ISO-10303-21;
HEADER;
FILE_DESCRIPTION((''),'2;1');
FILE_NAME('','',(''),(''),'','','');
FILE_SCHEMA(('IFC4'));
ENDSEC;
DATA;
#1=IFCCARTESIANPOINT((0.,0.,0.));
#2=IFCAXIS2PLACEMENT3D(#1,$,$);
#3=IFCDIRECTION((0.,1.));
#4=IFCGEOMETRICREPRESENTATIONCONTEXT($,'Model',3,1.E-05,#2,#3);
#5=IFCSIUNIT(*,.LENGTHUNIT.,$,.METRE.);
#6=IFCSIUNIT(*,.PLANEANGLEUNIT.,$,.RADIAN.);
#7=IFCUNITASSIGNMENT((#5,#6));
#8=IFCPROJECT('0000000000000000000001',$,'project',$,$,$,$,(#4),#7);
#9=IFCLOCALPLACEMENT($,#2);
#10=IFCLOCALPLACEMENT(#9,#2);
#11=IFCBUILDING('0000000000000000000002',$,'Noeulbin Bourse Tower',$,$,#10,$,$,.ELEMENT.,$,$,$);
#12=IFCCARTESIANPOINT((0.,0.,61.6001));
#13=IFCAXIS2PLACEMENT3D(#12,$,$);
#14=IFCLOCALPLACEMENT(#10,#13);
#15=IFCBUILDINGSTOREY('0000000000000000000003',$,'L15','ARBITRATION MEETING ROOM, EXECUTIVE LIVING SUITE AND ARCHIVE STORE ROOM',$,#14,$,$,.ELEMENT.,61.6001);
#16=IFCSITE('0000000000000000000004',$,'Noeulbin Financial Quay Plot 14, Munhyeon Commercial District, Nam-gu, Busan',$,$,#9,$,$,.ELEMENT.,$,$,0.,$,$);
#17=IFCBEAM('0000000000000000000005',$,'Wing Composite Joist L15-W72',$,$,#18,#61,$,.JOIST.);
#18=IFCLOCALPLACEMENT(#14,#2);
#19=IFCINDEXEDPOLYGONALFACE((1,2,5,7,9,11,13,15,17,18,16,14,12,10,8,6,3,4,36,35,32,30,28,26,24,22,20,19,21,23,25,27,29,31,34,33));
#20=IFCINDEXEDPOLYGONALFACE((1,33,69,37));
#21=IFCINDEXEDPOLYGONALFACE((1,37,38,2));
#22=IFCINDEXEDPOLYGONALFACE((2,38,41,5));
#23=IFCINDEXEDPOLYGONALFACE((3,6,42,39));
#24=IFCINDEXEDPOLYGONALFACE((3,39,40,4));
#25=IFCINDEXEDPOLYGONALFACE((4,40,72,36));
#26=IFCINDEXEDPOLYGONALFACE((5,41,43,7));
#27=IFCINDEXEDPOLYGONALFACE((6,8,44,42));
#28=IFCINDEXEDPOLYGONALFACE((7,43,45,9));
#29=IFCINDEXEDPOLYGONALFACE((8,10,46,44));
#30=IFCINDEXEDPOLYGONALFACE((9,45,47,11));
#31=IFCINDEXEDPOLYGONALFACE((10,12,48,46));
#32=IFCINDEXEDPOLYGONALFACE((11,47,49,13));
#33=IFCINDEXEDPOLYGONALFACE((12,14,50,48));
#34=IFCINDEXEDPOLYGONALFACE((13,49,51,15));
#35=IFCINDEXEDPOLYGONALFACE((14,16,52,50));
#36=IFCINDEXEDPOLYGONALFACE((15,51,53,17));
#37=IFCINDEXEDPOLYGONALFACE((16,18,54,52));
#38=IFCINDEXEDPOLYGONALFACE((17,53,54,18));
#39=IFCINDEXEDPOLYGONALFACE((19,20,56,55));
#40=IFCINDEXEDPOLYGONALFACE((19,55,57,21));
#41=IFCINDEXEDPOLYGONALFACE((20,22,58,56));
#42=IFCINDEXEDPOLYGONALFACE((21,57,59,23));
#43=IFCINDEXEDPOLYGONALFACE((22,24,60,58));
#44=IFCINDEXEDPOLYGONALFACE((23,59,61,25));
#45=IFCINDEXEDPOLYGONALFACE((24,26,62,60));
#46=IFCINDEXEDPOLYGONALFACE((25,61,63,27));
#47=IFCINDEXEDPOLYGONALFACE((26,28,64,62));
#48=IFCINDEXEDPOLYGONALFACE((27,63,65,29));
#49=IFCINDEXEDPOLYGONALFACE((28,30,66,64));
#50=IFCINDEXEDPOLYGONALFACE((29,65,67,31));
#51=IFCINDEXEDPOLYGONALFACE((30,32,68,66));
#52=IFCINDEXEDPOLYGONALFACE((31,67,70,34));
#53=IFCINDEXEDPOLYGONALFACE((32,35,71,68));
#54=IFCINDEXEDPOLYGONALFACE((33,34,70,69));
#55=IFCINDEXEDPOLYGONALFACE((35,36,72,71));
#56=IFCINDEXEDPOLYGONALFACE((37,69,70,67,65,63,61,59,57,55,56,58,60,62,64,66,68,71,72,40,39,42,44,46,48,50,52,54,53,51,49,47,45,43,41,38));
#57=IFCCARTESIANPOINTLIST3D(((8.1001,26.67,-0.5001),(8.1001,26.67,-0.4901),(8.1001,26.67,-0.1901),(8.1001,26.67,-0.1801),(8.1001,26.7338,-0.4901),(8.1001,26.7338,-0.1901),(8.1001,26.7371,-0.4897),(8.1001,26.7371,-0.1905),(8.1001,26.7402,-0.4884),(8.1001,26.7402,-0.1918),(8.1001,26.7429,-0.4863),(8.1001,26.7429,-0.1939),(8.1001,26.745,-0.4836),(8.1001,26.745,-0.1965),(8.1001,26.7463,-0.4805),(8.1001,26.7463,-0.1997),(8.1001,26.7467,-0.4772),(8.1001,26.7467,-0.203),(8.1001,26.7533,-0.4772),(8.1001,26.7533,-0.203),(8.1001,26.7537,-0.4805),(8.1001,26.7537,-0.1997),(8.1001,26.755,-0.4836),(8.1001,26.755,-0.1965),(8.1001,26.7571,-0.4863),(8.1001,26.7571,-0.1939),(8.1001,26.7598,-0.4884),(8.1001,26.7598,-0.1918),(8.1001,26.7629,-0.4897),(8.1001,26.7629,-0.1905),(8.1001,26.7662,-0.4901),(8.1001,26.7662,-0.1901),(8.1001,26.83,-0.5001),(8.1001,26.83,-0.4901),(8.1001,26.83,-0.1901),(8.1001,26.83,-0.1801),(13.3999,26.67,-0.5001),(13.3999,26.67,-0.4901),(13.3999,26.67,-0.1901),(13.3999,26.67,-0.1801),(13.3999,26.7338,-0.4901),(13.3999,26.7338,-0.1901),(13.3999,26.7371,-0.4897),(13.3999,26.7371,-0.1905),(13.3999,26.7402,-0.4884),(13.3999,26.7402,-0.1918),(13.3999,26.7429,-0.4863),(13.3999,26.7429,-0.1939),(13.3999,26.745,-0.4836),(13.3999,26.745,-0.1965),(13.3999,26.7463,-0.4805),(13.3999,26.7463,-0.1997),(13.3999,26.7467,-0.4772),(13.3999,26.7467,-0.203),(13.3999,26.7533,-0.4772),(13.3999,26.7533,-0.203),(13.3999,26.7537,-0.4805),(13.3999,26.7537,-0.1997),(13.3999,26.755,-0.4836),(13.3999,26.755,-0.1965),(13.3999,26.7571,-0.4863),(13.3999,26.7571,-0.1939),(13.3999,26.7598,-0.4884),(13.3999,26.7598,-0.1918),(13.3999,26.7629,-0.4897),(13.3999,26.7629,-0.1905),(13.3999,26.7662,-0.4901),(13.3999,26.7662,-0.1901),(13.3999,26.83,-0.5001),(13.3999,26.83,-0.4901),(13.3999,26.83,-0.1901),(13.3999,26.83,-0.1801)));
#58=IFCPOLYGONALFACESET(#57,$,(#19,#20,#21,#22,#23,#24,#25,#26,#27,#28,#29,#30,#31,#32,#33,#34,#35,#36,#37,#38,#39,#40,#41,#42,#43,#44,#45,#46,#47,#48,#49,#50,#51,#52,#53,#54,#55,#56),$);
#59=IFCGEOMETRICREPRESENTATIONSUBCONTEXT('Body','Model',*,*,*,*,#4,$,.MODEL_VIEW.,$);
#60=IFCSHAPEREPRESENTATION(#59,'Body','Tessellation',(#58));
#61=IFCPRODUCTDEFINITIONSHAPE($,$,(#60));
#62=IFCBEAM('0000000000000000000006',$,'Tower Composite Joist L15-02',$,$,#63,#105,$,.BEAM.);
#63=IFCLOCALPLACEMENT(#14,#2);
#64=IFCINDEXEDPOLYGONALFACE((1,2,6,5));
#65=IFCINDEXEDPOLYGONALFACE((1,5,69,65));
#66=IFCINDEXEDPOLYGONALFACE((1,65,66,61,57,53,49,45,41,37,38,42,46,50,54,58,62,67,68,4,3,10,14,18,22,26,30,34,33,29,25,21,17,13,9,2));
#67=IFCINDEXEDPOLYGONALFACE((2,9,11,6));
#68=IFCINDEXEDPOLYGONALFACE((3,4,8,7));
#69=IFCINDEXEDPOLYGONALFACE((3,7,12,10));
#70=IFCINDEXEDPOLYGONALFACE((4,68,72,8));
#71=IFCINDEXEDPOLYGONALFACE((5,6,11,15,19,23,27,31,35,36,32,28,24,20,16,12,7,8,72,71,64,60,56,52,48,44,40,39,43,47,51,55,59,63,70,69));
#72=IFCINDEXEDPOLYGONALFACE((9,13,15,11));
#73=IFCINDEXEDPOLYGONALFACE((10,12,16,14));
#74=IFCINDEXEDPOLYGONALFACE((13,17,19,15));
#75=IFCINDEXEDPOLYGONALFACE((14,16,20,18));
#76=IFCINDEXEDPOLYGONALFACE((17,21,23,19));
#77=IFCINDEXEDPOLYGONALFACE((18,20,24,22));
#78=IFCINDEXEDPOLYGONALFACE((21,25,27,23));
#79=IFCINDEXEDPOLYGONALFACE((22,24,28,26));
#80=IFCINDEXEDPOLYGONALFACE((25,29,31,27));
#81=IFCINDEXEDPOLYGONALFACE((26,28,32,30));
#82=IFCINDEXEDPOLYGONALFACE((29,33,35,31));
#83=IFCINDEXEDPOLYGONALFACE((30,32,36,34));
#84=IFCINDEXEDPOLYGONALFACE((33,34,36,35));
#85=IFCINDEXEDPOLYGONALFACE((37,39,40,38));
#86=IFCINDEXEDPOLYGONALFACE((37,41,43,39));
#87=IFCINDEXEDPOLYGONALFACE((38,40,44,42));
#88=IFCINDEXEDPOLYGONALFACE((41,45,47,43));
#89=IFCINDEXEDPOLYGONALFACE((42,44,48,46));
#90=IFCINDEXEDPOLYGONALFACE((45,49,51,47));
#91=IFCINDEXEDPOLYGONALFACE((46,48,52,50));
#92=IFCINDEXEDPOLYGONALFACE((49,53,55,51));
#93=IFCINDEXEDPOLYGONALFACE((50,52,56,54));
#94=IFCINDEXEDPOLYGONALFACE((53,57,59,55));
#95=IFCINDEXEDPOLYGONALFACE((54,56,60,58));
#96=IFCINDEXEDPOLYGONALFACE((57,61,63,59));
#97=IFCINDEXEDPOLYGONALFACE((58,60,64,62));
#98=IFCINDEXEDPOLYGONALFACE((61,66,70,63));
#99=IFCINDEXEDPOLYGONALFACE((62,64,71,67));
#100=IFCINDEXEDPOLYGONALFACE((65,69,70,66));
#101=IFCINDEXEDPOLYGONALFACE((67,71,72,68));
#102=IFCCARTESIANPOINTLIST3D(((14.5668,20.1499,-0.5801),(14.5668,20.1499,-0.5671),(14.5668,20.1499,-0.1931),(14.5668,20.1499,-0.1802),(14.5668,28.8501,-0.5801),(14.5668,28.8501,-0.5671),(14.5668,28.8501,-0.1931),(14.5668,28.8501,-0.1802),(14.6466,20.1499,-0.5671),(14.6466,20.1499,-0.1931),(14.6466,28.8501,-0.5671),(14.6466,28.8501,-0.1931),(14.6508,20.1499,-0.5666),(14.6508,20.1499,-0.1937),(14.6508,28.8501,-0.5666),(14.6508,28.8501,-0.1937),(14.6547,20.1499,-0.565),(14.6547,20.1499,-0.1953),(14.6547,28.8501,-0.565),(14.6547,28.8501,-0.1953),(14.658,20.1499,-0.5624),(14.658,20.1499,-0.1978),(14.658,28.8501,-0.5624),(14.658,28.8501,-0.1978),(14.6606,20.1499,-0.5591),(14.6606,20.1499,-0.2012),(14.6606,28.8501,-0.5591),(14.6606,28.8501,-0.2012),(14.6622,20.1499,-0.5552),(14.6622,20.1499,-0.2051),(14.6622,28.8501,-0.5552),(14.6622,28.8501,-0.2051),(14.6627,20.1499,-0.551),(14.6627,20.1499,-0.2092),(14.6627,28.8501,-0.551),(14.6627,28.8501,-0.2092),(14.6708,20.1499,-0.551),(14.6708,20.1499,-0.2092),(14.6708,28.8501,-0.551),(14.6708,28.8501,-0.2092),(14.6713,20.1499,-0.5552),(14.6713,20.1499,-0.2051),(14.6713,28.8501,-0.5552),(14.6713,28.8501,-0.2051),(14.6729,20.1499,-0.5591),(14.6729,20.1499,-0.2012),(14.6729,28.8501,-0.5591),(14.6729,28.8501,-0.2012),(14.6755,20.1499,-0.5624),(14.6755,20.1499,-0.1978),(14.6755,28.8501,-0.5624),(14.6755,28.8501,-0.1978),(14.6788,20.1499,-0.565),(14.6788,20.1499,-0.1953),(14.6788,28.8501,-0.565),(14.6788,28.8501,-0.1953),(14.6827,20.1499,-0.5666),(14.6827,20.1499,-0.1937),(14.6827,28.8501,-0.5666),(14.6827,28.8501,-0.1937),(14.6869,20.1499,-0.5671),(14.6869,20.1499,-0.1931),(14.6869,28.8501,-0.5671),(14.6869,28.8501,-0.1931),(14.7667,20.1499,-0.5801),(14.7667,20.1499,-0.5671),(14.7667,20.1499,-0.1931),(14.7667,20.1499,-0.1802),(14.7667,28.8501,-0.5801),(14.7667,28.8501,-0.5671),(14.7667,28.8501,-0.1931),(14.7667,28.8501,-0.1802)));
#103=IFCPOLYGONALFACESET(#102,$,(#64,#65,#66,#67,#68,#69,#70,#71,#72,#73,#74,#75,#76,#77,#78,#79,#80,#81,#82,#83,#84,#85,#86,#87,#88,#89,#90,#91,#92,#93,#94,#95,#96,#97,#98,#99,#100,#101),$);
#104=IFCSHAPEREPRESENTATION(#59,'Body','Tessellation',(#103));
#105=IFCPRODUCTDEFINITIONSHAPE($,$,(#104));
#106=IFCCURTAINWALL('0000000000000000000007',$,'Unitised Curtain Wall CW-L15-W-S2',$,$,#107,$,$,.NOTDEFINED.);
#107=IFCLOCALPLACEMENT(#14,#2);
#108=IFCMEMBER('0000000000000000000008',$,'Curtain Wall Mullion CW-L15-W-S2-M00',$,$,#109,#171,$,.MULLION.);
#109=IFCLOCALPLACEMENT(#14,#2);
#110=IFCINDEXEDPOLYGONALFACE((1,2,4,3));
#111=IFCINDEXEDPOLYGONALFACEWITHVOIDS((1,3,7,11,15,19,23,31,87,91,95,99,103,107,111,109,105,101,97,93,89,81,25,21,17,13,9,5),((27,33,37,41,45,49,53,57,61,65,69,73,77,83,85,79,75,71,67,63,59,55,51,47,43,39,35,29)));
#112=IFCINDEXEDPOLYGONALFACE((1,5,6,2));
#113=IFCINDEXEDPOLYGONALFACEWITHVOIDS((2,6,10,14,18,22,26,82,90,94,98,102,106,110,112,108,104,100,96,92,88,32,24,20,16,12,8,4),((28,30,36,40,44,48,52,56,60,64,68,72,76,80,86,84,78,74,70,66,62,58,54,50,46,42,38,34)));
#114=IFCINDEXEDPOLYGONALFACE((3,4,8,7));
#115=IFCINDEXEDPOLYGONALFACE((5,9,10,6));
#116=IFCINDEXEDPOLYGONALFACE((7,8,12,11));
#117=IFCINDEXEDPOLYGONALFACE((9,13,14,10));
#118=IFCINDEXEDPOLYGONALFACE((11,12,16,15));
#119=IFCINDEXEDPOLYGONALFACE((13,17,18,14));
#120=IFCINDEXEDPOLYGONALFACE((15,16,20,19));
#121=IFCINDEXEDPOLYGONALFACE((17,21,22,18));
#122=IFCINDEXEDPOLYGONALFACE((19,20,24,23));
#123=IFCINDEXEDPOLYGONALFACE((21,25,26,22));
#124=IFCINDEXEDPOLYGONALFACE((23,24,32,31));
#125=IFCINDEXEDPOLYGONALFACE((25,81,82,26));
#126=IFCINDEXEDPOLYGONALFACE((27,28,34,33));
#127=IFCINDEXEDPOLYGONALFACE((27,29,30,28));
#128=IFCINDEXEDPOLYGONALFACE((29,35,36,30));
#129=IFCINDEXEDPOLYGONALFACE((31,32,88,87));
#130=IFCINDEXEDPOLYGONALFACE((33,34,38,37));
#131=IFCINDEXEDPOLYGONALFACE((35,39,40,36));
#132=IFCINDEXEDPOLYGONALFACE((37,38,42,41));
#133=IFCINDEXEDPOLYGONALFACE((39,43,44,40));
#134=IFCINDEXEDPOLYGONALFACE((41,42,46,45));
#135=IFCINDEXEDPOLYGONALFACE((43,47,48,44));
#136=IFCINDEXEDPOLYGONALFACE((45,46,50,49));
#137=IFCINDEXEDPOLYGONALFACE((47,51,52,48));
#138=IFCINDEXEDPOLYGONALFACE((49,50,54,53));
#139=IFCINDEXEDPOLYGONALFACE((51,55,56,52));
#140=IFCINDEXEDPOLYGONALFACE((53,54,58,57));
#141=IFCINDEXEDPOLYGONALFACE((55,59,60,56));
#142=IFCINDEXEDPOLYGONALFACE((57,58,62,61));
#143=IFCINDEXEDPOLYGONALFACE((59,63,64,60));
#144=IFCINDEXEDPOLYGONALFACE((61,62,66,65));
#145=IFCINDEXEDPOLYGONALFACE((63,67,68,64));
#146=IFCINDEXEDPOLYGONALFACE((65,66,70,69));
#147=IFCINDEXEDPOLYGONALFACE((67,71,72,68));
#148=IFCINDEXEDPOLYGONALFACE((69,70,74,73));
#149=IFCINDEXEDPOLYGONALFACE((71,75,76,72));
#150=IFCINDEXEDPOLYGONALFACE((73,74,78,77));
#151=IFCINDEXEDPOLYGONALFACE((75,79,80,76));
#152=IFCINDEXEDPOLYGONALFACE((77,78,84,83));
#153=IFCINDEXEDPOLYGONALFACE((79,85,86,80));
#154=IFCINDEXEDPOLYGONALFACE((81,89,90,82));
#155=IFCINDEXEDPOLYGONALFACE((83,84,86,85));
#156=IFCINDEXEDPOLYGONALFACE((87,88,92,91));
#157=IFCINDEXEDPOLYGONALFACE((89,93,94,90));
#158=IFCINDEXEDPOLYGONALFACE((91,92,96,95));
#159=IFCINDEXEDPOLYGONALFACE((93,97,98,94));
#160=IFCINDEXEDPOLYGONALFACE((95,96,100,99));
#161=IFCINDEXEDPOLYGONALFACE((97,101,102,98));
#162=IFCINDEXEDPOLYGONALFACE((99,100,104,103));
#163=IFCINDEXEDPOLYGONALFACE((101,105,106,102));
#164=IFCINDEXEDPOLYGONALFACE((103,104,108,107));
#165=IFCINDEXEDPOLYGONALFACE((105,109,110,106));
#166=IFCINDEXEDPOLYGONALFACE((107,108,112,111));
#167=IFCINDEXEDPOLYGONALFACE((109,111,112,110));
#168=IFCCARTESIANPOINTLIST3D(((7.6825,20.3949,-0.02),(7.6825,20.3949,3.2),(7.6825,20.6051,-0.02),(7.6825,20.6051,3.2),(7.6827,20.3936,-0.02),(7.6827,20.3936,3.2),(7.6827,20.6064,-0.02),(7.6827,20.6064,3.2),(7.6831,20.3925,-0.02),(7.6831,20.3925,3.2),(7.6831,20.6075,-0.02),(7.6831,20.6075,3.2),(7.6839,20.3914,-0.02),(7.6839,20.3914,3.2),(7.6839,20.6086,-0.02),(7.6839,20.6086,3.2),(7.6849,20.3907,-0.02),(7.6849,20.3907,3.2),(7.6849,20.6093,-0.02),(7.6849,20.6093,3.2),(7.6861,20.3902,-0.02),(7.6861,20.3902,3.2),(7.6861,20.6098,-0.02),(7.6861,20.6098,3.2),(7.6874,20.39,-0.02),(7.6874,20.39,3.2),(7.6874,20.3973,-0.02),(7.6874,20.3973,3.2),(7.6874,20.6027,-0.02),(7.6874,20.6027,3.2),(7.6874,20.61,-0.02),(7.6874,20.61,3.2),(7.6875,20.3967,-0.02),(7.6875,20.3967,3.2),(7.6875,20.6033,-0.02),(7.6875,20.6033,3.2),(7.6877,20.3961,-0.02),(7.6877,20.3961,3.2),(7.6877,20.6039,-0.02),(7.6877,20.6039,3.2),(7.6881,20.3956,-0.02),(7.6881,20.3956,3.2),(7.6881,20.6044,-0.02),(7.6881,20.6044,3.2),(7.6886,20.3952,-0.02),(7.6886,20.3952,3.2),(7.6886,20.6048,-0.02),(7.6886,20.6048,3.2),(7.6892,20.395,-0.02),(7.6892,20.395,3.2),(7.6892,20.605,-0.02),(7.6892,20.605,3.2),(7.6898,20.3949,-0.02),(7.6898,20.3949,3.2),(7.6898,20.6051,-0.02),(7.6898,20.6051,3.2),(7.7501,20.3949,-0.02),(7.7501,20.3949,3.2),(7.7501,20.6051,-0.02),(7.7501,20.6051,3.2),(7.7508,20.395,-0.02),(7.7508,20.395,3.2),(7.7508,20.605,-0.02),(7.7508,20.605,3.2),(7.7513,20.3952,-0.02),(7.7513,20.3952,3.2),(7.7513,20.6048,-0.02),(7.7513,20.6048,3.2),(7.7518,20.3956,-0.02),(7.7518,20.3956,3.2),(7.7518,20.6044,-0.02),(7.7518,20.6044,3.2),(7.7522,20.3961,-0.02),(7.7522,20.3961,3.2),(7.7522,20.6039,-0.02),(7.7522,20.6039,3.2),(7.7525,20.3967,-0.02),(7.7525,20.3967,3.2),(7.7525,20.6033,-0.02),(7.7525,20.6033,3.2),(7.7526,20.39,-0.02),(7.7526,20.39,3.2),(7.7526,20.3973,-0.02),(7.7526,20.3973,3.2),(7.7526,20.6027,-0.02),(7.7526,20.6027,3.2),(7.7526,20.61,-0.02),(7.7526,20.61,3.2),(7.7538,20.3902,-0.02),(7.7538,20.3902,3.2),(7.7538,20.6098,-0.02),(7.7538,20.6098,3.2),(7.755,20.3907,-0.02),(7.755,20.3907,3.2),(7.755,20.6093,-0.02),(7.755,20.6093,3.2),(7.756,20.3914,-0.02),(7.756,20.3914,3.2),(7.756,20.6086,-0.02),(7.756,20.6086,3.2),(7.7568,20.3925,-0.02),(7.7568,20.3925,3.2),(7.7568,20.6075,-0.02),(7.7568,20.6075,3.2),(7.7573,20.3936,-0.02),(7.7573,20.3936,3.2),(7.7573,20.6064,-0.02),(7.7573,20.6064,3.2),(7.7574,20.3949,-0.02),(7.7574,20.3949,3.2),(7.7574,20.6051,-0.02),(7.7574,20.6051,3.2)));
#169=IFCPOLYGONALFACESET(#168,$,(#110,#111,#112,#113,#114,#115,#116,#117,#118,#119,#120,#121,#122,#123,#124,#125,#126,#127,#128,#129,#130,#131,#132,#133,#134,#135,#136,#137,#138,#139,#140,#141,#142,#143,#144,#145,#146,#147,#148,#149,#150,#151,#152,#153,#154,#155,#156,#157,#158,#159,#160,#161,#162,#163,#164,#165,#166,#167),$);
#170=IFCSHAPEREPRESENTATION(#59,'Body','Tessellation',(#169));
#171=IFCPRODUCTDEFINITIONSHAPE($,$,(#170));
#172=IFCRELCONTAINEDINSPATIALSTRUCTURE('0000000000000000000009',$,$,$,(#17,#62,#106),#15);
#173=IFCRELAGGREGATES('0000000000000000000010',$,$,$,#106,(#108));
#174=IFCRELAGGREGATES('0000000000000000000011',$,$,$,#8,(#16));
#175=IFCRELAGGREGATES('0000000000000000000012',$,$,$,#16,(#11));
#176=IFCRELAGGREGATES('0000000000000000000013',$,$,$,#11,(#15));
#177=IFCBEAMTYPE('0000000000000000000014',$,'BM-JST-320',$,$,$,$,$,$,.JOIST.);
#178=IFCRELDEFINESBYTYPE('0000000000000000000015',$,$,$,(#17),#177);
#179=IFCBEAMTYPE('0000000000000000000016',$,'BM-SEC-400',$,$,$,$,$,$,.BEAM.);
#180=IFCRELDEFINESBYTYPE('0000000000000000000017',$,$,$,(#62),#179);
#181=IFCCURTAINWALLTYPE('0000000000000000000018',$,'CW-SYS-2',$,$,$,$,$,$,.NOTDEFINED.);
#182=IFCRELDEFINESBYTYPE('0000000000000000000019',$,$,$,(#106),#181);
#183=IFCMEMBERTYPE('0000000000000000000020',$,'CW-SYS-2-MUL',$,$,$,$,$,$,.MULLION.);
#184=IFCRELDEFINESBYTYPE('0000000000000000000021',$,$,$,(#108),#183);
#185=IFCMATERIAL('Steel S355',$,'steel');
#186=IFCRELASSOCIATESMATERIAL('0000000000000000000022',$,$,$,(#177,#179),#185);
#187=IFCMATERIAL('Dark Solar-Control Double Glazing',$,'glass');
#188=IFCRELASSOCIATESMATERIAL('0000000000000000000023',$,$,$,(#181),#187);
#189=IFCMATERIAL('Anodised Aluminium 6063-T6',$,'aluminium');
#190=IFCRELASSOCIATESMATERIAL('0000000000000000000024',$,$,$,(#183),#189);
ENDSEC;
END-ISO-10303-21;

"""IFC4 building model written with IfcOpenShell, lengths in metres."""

from ifc_helpers import new_model, si_unit, direction, frame, origin, origin_2d, place, context, subcontext, project, spatial, hollow_rectangle, i_section, extrude, material, material_profile, profile_set, type_object, element, aggregate, save


model = new_model("IFC4")

# Units and contexts
model_context = context("Model", 3, precision=1e-05, world=origin(), true_north=direction((0.0, 1.0)))
body_context = subcontext(model_context, "Body", "Model", "MODEL_VIEW")
ifc_project = project(units=[si_unit("LENGTHUNIT", "METRE"), si_unit("PLANEANGLEUNIT", "RADIAN")], contexts=[model_context])

# Site, building, storey
site_placement = place(None, origin())
site = spatial("IfcSite", under=ifc_project, at=site_placement, Name="Noeulbin Financial Quay Plot 14, Munhyeon Commercial District, Nam-gu, Busan", CompositionType="ELEMENT", RefElevation=0.0)
building_placement = place(site_placement, origin())
building = spatial("IfcBuilding", under=site, at=building_placement, Name="Noeulbin Bourse Tower", CompositionType="ELEMENT")
storey_placement = place(building_placement, frame((0.0, 0.0, 61.6001)))
storey = spatial("IfcBuildingStorey", under=building, at=storey_placement, Name="L15", Description="ARBITRATION MEETING ROOM, EXECUTIVE LIVING SUITE AND ARCHIVE STORE ROOM", CompositionType="ELEMENT", Elevation=61.6001)

# Beams
ifc_material_1 = material(Name="Steel S355", Category="steel")
ifc_material_profile_1 = material_profile(ifc_material_1, i_section(OverallWidth=0.1599, OverallDepth=0.3201, WebThickness=0.0066, FlangeThickness=0.01, FilletRadius=0.0129, at=origin_2d()), Name="H-320x160x6.5x10", Category="LoadBearing")
ifc_profile_set_1 = profile_set([ifc_material_profile_1], Name="Steel S355")
beam_type_1 = type_object("IfcBeamType", Name="BM-JST-320", PredefinedType="JOIST", material=ifc_profile_set_1)
for number, where, z_axis, x_axis, name in (
    (1, (8.1001, 26.75, -0.3401), (1.0, 0.0, 0.0), (0.0, 1.0, 0.0), "Wing Composite Joist L15-W72"),
):
    element("IfcBeam", number, at=place(storey_placement, frame(where, z_axis=z_axis, x_axis=x_axis)), inside=storey, type_object=beam_type_1, Name=name, PredefinedType="JOIST", context=body_context, shape_type="SweptSolid", body=[
        extrude(i_section(OverallWidth=0.1599, OverallDepth=0.3201, WebThickness=0.0066, FlangeThickness=0.01, FilletRadius=0.0129, at=origin_2d()), origin(), (0.0, 0.0, 1.0), 5.2998),
    ])
ifc_material_profile_2 = material_profile(ifc_material_1, i_section(OverallWidth=0.2, OverallDepth=0.3999, WebThickness=0.0081, FlangeThickness=0.0129, FilletRadius=0.0161, at=origin_2d()), Name="H-400x200x8x13", Category="LoadBearing")
ifc_profile_set_2 = profile_set([ifc_material_profile_2], Name="Steel S355")
beam_type_2 = type_object("IfcBeamType", Name="BM-SEC-400", PredefinedType="BEAM", material=ifc_profile_set_2)
beam_1_placement = place(storey_placement, frame((14.6667, 20.1499, -0.3801), z_axis=(0.0, 1.0, 0.0), x_axis=(-1.0, 0.0, 0.0)))
element("IfcBeam", 2, at=beam_1_placement, inside=storey, type_object=beam_type_2, Name="Tower Composite Joist L15-02", PredefinedType="BEAM", context=body_context, shape_type="SweptSolid", body=[
    extrude(i_section(OverallWidth=0.2, OverallDepth=0.3999, WebThickness=0.0081, FlangeThickness=0.0129, FilletRadius=0.0161, at=origin_2d()), origin(), (0.0, 0.0, 1.0), 8.7002),
])

# Curtain wall, member
ifc_material_2 = material(Name="Dark Solar-Control Double Glazing", Category="glass")
curtain_wall_type = type_object("IfcCurtainWallType", Name="CW-SYS-2", PredefinedType="NOTDEFINED", material=ifc_material_2)
curtain_wall_placement = place(storey_placement, origin())
curtain_wall = element("IfcCurtainWall", 3, at=curtain_wall_placement, inside=storey, type_object=curtain_wall_type, Name="Unitised Curtain Wall CW-L15-W-S2", PredefinedType="NOTDEFINED")
ifc_material_3 = material(Name="Anodised Aluminium 6063-T6", Category="aluminium")
ifc_material_profile_3 = material_profile(ifc_material_3, hollow_rectangle(XDim=0.075, YDim=0.22, WallThickness=0.0049, InnerFilletRadius=0.0024, OuterFilletRadius=0.0049, at=origin_2d()), Name="ALU-MULL-75x220x5", Category="LoadBearing")
ifc_profile_set_3 = profile_set([ifc_material_profile_3], Name="Anodised Aluminium 6063-T6")
member_type_1 = type_object("IfcMemberType", Name="CW-SYS-2-MUL", PredefinedType="MULLION", material=ifc_profile_set_3)
member_1_placement = place(storey_placement, frame((7.72, 20.5, -0.02), z_axis=(0.0, 0.0, 1.0), x_axis=(1.0, 0.0, 0.0)))
member_1 = element("IfcMember", 4, at=member_1_placement, type_object=member_type_1, Name="Curtain Wall Mullion CW-L15-W-S2-M00", PredefinedType="MULLION", context=body_context, shape_type="SweptSolid", body=[
    extrude(hollow_rectangle(XDim=0.075, YDim=0.22, WallThickness=0.0049, InnerFilletRadius=0.0024, OuterFilletRadius=0.0049, at=origin_2d()), origin(), (0.0, 0.0, 1.0), 3.22),
])
aggregate(curtain_wall, [member_1])

save(model, "model.ifc")
